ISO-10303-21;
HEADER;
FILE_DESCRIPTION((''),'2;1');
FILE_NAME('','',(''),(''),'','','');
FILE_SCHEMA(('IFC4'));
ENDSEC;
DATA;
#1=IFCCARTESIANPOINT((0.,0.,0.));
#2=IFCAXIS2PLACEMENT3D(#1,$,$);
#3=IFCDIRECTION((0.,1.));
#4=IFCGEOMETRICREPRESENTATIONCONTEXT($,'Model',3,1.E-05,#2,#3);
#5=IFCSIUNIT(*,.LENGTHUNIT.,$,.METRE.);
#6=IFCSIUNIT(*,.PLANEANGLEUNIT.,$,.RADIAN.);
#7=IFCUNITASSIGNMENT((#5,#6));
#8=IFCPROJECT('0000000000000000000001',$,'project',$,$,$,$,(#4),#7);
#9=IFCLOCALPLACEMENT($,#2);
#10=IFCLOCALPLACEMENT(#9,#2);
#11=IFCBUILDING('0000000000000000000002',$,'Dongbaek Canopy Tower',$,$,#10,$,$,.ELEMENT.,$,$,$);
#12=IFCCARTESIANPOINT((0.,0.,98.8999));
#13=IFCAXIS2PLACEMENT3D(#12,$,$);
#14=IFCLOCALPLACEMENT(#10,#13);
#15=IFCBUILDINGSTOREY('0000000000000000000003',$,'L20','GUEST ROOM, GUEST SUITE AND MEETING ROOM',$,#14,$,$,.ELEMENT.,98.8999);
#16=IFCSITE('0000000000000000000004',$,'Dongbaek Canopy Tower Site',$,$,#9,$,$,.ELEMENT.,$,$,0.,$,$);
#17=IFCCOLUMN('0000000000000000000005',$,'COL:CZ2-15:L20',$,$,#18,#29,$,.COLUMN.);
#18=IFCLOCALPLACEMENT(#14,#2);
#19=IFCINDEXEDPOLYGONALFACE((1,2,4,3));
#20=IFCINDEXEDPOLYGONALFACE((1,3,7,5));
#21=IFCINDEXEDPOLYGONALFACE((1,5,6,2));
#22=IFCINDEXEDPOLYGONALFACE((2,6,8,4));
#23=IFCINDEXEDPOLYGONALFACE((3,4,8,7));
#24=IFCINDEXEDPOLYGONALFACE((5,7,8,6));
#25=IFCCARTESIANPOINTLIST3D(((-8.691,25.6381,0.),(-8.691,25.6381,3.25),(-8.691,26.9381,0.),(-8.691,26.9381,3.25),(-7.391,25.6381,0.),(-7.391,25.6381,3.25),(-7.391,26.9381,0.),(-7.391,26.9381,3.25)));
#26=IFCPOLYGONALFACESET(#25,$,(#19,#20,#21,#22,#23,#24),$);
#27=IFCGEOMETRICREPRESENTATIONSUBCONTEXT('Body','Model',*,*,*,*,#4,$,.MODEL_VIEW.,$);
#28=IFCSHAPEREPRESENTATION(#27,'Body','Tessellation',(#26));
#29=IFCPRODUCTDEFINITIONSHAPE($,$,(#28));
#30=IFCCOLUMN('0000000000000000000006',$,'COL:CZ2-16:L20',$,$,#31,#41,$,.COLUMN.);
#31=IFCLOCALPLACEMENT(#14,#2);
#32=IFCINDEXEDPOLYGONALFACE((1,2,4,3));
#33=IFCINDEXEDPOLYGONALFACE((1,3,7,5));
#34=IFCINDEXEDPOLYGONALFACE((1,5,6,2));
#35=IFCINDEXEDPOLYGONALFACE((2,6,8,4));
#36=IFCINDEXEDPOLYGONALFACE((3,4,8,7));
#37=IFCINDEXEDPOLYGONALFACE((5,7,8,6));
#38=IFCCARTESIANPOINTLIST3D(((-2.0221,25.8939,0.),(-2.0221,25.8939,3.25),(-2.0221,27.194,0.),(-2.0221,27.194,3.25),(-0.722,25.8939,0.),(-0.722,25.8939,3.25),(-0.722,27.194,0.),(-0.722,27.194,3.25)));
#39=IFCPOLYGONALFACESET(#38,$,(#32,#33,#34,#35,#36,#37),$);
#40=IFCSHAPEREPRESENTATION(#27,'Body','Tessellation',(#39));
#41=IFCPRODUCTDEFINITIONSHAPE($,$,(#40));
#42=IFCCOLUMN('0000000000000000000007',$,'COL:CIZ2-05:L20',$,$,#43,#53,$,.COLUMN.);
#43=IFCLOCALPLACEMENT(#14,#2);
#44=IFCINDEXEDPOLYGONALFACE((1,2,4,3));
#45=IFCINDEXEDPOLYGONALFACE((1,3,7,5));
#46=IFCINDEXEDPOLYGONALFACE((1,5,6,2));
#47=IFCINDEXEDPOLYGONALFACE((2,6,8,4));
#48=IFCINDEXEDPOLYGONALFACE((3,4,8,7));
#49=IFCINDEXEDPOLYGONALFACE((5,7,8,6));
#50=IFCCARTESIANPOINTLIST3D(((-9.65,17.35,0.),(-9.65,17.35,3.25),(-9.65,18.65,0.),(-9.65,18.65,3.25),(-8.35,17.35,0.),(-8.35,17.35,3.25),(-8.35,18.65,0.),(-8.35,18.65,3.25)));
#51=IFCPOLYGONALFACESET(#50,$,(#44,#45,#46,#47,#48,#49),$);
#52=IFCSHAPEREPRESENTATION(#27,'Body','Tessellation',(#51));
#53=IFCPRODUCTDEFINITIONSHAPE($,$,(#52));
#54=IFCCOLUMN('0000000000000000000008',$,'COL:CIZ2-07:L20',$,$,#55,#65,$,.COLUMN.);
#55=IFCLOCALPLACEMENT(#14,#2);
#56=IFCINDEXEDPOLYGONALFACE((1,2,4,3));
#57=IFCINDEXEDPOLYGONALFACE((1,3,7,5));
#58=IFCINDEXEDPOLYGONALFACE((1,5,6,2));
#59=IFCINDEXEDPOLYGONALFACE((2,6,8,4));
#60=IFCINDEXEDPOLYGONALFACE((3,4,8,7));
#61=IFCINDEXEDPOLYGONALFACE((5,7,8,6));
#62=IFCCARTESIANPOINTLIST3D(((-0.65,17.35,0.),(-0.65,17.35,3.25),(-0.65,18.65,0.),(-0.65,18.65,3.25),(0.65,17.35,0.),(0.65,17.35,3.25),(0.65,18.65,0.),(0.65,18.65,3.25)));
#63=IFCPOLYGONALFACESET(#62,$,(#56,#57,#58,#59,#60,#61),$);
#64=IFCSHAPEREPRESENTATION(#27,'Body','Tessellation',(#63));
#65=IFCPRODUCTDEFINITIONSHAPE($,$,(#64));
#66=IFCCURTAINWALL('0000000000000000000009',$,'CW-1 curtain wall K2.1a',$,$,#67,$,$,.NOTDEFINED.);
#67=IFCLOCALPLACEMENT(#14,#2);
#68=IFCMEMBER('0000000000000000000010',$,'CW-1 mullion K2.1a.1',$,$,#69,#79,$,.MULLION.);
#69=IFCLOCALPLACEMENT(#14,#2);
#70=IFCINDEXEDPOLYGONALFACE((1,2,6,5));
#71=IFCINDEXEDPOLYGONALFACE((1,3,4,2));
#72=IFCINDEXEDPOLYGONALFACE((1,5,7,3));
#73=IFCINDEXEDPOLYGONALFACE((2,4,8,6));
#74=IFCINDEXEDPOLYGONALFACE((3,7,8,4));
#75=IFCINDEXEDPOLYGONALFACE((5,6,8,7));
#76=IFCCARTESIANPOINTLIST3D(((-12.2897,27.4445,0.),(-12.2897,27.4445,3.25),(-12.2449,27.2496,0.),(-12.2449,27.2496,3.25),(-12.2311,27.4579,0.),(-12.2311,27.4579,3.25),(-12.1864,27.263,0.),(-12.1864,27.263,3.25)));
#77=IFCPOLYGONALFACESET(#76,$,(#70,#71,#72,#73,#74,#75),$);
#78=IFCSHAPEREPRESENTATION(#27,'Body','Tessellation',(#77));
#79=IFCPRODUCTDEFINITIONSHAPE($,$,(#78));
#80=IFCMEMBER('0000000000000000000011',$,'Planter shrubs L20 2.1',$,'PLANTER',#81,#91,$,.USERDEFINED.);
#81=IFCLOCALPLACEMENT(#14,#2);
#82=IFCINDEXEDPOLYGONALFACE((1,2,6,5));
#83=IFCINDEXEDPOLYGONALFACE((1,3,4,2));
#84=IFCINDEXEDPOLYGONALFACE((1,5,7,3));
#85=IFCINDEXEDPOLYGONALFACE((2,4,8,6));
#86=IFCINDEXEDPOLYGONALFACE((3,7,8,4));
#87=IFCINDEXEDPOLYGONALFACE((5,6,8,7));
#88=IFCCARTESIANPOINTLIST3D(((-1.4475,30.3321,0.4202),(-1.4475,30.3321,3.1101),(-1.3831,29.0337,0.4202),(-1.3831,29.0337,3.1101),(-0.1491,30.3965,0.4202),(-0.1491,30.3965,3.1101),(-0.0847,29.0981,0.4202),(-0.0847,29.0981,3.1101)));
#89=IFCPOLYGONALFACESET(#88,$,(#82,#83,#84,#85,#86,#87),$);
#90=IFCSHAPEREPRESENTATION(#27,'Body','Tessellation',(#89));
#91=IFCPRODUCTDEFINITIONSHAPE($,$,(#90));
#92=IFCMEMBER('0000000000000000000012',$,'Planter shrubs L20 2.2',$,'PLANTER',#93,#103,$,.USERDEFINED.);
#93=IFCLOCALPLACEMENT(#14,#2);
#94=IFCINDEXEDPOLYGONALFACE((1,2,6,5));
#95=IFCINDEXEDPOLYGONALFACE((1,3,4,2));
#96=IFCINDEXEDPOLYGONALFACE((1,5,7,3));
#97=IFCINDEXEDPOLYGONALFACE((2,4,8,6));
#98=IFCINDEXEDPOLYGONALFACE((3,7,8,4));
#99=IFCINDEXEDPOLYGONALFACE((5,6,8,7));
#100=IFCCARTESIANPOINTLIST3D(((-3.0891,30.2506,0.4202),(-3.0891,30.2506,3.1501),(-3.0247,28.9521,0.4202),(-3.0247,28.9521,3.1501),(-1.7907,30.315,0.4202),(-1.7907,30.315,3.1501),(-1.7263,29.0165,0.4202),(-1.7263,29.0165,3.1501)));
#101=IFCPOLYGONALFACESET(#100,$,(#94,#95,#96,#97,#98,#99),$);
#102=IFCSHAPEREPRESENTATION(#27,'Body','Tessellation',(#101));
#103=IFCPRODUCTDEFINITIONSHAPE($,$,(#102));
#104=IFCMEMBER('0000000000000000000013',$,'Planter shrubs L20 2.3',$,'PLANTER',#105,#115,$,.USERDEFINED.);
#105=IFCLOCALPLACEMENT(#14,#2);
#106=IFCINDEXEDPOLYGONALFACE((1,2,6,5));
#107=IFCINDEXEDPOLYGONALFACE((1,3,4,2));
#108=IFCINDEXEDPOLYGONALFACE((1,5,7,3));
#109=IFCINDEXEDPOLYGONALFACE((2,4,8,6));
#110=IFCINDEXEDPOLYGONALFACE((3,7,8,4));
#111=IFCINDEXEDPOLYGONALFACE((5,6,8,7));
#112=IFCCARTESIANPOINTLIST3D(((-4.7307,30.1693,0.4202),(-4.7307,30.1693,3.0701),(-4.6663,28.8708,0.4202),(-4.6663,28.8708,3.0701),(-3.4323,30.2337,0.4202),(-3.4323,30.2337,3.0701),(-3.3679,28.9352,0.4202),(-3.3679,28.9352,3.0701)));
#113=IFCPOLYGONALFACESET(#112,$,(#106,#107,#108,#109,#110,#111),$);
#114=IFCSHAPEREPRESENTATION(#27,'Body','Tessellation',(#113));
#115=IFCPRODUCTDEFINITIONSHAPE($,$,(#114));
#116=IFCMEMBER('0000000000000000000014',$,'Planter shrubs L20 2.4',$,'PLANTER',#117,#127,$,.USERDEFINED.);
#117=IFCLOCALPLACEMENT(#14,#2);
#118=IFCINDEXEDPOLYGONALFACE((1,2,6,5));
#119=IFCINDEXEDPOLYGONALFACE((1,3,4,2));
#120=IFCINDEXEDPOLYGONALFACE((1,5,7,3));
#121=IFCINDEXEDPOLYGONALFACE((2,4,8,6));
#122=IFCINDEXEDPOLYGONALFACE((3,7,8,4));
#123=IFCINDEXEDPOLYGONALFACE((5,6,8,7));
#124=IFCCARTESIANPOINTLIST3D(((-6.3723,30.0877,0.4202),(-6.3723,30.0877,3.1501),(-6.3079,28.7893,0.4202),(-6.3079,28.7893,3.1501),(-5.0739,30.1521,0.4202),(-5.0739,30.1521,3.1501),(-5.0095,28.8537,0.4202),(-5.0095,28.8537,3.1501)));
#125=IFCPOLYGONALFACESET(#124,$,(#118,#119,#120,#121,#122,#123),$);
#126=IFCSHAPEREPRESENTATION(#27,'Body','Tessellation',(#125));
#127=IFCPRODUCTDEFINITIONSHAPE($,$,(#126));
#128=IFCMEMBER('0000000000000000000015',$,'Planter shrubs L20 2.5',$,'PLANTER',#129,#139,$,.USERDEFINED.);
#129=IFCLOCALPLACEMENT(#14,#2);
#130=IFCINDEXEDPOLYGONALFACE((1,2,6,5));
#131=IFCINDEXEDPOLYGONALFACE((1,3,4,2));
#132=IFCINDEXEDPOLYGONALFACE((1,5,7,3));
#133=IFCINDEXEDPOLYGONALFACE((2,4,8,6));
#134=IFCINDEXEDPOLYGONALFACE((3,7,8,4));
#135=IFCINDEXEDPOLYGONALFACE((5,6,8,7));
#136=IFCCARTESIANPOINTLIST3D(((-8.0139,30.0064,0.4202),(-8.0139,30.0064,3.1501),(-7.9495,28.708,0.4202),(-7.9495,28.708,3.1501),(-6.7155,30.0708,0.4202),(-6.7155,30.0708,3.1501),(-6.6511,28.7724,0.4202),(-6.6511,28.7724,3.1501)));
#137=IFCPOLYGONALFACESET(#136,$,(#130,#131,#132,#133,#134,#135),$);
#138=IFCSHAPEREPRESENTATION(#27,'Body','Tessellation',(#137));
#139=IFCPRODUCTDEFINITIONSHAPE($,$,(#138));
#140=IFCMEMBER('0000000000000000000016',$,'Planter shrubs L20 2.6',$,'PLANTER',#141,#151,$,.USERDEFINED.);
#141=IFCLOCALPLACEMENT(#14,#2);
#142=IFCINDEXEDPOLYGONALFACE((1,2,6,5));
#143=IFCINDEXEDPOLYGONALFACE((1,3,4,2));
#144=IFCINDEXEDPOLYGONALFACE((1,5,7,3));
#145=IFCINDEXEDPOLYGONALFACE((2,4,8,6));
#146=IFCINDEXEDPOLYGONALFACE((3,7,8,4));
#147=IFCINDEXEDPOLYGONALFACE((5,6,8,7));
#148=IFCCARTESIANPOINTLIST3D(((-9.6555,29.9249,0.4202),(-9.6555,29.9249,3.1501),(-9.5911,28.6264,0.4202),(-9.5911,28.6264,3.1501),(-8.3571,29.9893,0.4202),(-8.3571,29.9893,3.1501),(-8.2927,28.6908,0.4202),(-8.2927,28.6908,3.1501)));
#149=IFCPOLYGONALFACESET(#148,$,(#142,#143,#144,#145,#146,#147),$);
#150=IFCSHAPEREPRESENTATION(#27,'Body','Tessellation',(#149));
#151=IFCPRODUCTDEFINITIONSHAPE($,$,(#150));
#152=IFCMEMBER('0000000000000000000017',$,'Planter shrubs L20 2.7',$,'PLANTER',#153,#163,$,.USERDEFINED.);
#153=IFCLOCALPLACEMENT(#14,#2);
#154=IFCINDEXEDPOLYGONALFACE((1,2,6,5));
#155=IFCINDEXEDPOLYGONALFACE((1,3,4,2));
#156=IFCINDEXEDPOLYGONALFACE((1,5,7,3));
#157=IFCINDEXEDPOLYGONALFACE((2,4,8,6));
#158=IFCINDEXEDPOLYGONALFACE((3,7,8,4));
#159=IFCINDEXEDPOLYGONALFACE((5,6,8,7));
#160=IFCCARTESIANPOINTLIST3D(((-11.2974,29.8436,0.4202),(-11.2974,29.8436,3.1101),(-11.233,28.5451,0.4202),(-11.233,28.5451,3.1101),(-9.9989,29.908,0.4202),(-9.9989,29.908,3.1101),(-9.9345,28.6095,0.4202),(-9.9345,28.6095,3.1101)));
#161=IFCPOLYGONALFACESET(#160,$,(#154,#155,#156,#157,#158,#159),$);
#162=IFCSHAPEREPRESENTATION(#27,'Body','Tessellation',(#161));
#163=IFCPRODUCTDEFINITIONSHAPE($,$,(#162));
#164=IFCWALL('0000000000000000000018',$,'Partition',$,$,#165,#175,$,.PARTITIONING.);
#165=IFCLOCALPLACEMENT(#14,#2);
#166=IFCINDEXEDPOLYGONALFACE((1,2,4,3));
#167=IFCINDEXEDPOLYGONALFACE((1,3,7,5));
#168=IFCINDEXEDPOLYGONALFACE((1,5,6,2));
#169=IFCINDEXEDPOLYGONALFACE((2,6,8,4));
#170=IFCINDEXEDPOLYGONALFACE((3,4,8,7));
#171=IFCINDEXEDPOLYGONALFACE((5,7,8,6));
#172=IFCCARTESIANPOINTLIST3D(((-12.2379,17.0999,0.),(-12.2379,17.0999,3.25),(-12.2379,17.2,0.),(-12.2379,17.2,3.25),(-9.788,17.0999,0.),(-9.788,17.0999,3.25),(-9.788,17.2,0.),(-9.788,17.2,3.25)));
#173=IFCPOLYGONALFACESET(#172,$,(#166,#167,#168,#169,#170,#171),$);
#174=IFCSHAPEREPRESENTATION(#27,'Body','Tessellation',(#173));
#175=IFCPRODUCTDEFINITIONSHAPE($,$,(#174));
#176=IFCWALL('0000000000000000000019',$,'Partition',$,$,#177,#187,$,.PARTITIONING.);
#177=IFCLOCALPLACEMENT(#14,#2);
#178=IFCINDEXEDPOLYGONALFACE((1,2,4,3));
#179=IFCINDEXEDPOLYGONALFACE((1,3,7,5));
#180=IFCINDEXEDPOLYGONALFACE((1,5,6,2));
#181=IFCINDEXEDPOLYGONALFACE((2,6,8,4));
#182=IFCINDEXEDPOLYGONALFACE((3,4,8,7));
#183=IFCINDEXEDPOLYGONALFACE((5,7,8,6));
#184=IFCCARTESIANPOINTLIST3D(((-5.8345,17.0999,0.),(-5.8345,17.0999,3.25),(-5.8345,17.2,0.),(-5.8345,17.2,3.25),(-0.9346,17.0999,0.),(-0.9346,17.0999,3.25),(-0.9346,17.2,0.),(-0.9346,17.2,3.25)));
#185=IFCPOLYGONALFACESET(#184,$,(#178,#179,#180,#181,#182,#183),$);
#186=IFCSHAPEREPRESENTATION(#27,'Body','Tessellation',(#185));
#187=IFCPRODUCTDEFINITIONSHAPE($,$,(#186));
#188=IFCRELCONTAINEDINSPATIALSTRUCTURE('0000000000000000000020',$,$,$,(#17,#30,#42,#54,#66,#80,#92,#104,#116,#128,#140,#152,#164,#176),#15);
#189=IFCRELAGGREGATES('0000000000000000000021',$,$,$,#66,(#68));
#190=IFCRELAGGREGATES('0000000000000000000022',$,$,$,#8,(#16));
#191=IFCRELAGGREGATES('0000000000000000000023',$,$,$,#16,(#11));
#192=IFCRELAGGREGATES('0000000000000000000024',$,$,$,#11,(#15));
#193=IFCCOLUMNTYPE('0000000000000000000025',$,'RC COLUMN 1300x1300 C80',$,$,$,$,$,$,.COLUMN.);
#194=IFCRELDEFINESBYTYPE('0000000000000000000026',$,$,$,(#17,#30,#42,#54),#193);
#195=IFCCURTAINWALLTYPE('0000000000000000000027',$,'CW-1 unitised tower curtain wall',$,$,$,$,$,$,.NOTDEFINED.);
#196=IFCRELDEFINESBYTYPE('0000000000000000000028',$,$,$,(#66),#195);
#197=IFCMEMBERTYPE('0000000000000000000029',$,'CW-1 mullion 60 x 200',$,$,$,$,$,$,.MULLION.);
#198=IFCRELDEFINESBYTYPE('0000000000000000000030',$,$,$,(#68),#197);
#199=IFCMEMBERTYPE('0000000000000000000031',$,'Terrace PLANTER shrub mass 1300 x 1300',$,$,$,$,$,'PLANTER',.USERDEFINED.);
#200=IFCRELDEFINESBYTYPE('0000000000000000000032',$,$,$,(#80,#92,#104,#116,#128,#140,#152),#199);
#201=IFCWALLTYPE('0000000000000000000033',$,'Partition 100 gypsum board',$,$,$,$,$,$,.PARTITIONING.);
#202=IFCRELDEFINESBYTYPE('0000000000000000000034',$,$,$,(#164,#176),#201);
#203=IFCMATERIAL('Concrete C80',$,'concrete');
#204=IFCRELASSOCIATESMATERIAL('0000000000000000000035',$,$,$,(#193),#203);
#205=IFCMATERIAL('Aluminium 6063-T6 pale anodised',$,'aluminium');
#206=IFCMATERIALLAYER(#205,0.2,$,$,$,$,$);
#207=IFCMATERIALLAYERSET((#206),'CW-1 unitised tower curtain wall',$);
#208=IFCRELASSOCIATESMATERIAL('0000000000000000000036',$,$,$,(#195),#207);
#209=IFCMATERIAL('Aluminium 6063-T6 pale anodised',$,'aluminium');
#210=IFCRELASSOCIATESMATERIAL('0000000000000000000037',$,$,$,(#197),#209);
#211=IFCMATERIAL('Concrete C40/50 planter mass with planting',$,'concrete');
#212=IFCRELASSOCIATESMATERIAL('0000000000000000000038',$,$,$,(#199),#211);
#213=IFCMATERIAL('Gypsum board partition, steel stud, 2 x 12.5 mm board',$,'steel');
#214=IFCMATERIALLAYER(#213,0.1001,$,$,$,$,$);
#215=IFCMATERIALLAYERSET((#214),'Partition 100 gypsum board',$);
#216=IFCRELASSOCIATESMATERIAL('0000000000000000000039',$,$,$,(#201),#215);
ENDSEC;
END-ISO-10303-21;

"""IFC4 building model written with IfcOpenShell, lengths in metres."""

from ifc_helpers import new_model, si_unit, direction, frame, frame_2d, origin, origin_2d, place, context, subcontext, project, spatial, rectangle, extrude, material, layer, layer_set, material_profile, profile_set, type_object, element, aggregate, save


model = new_model("IFC4")

# Units and contexts
model_context = context("Model", 3, precision=1e-05, world=origin(), true_north=direction((0.0, 1.0)))
body_context = subcontext(model_context, "Body", "Model", "MODEL_VIEW")
ifc_project = project(units=[si_unit("LENGTHUNIT", "METRE"), si_unit("PLANEANGLEUNIT", "RADIAN")], contexts=[model_context])

# Site, building, storey
site_placement = place(None, origin())
site = spatial("IfcSite", under=ifc_project, at=site_placement, Name="Dongbaek Canopy Tower Site", CompositionType="ELEMENT", RefElevation=0.0)
building_placement = place(site_placement, origin())
building = spatial("IfcBuilding", under=site, at=building_placement, Name="Dongbaek Canopy Tower", CompositionType="ELEMENT")
storey_placement = place(building_placement, frame((0.0, 0.0, 98.8999)))
storey = spatial("IfcBuildingStorey", under=building, at=storey_placement, Name="L20", Description="GUEST ROOM, GUEST SUITE AND MEETING ROOM", CompositionType="ELEMENT", Elevation=98.8999)

# Columns
ifc_material_1 = material(Name="Concrete C80", Category="concrete")
ifc_material_profile_1 = material_profile(ifc_material_1, rectangle(XDim=1.3, YDim=1.3, at=origin_2d()), Name="RC COLUMN 1300x1300 C80")
ifc_profile_set_1 = profile_set([ifc_material_profile_1], Name="Concrete C80")
column_type = type_object("IfcColumnType", Name="RC COLUMN 1300x1300 C80", PredefinedType="COLUMN", material=ifc_profile_set_1)
for number, where, z_axis, x_axis, name in (
    (1, (-8.041, 26.2881, 0.0), (0.0, 0.0, 1.0), (1.0, 0.0, 0.0), "COL:CZ2-15:L20"),
    (2, (-1.3721, 26.5439, 0.0), (0.0, 0.0, 1.0), (1.0, 0.0, 0.0), "COL:CZ2-16:L20"),
    (3, (-9.0, 18.0, 0.0), (0.0, 0.0, 1.0), (1.0, 0.0, 0.0), "COL:CIZ2-05:L20"),
    (4, (0.0, 18.0, 0.0), (0.0, 0.0, 1.0), (1.0, 0.0, 0.0), "COL:CIZ2-07:L20"),
):
    element("IfcColumn", number, at=place(storey_placement, frame(where, z_axis=z_axis, x_axis=x_axis)), inside=storey, type_object=column_type, Name=name, PredefinedType="COLUMN", context=body_context, shape_type="SweptSolid", body=[
        extrude(rectangle(XDim=1.3, YDim=1.3, at=origin_2d()), origin(), (0.0, 0.0, 1.0), 3.25),
    ])

# Curtain wall, member
ifc_material_2 = material(Name="Aluminium 6063-T6 pale anodised", Category="aluminium")
ifc_layer_1 = layer(ifc_material_2, 0.2)
ifc_layer_set_1 = layer_set([ifc_layer_1], Name="CW-1 unitised tower curtain wall")
curtain_wall_type = type_object("IfcCurtainWallType", Name="CW-1 unitised tower curtain wall", PredefinedType="NOTDEFINED", material=ifc_layer_set_1)
curtain_wall_placement = place(storey_placement, origin())
curtain_wall = element("IfcCurtainWall", 5, at=curtain_wall_placement, inside=storey, type_object=curtain_wall_type, Name="CW-1 curtain wall K2.1a", PredefinedType="NOTDEFINED")
ifc_material_3 = material(Name="Aluminium 6063-T6 pale anodised", Category="aluminium")
ifc_material_profile_2 = material_profile(ifc_material_3, rectangle(XDim=0.2, YDim=0.0601, at=origin_2d()), Name="CW-1 mullion 60 x 200")
ifc_profile_set_2 = profile_set([ifc_material_profile_2], Name="Aluminium 6063-T6 pale anodised")
member_type_1 = type_object("IfcMemberType", Name="CW-1 mullion 60 x 200", PredefinedType="MULLION", material=ifc_profile_set_2)
member_1_placement = place(storey_placement, frame((-12.238, 27.3538, 0.0), z_axis=(0.0, 0.0, 1.0), x_axis=(-0.223774, 0.974641, 0.0)))
member_1 = element("IfcMember", 6, at=member_1_placement, type_object=member_type_1, Name="CW-1 mullion K2.1a.1", PredefinedType="MULLION", context=body_context, shape_type="SweptSolid", body=[
    extrude(rectangle(XDim=0.2, YDim=0.0601, at=origin_2d()), origin(), (0.0, 0.0, 1.0), 3.25),
])
aggregate(curtain_wall, [member_1])

# Members
ifc_material_4 = material(Name="Concrete C40/50 planter mass with planting", Category="concrete")
ifc_material_profile_3 = material_profile(ifc_material_4, rectangle(XDim=1.3, YDim=1.3, at=origin_2d()), Name="Terrace PLANTER shrub mass 1300 x 1300")
ifc_profile_set_3 = profile_set([ifc_material_profile_3], Name="Concrete C40/50 planter mass with planting")
member_type_2 = type_object("IfcMemberType", Name="Terrace PLANTER shrub mass 1300 x 1300", ElementType="PLANTER", PredefinedType="USERDEFINED", material=ifc_profile_set_3)
member_2_placement = place(storey_placement, frame((-0.7661, 29.7151, 0.4202), z_axis=(0.0, 0.0, 1.0), x_axis=(-0.049538, 0.998772, 0.0)))
element("IfcMember", 7, at=member_2_placement, inside=storey, type_object=member_type_2, Name="Planter shrubs L20 2.1", ObjectType="PLANTER", PredefinedType="USERDEFINED", context=body_context, shape_type="SweptSolid", body=[
    extrude(rectangle(XDim=1.3, YDim=1.3, at=origin_2d()), origin(), (0.0, 0.0, 1.0), 2.6899),
])
member_3_placement = place(storey_placement, frame((-2.4077, 29.6335, 0.4202), z_axis=(0.0, 0.0, 1.0), x_axis=(-0.049538, 0.998772, 0.0)))
element("IfcMember", 8, at=member_3_placement, inside=storey, type_object=member_type_2, Name="Planter shrubs L20 2.2", ObjectType="PLANTER", PredefinedType="USERDEFINED", context=body_context, shape_type="SweptSolid", body=[
    extrude(rectangle(XDim=1.3, YDim=1.3, at=origin_2d()), origin(), (0.0, 0.0, 1.0), 2.73),
])
member_4_placement = place(storey_placement, frame((-4.0493, 29.5522, 0.4202), z_axis=(0.0, 0.0, 1.0), x_axis=(-0.049538, 0.998772, 0.0)))
element("IfcMember", 9, at=member_4_placement, inside=storey, type_object=member_type_2, Name="Planter shrubs L20 2.3", ObjectType="PLANTER", PredefinedType="USERDEFINED", context=body_context, shape_type="SweptSolid", body=[
    extrude(rectangle(XDim=1.3, YDim=1.3, at=origin_2d()), origin(), (0.0, 0.0, 1.0), 2.6499),
])
for number, where, z_axis, x_axis, name in (
    (10, (-5.6909, 29.4707, 0.4202), (0.0, 0.0, 1.0), (-0.049538, 0.998772, 0.0), "Planter shrubs L20 2.4"),
    (11, (-7.3325, 29.3894, 0.4202), (0.0, 0.0, 1.0), (-0.049538, 0.998772, 0.0), "Planter shrubs L20 2.5"),
    (12, (-8.9741, 29.3079, 0.4202), (0.0, 0.0, 1.0), (-0.049538, 0.998772, 0.0), "Planter shrubs L20 2.6"),
):
    element("IfcMember", number, at=place(storey_placement, frame(where, z_axis=z_axis, x_axis=x_axis)), inside=storey, type_object=member_type_2, Name=name, ObjectType="PLANTER", PredefinedType="USERDEFINED", context=body_context, shape_type="SweptSolid", body=[
        extrude(rectangle(XDim=1.3, YDim=1.3, at=origin_2d()), origin(), (0.0, 0.0, 1.0), 2.73),
    ])
member_5_placement = place(storey_placement, frame((-10.616, 29.2266, 0.4202), z_axis=(0.0, 0.0, 1.0), x_axis=(-0.049538, 0.998772, 0.0)))
element("IfcMember", 13, at=member_5_placement, inside=storey, type_object=member_type_2, Name="Planter shrubs L20 2.7", ObjectType="PLANTER", PredefinedType="USERDEFINED", context=body_context, shape_type="SweptSolid", body=[
    extrude(rectangle(XDim=1.3, YDim=1.3, at=origin_2d()), origin(), (0.0, 0.0, 1.0), 2.6899),
])

# Walls
ifc_material_5 = material(Name="Gypsum board partition, steel stud, 2 x 12.5 mm board", Category="steel")
ifc_layer_2 = layer(ifc_material_5, 0.1001)
ifc_layer_set_2 = layer_set([ifc_layer_2], Name="Partition 100 gypsum board")
wall_type = type_object("IfcWallType", Name="Partition 100 gypsum board", PredefinedType="PARTITIONING", material=ifc_layer_set_2)
wall_1_placement = place(storey_placement, frame((-12.238, 17.1499, 0.0), z_axis=(0.0, 0.0, 1.0), x_axis=(1.0, 0.0, 0.0)))
element("IfcWall", 14, at=wall_1_placement, inside=storey, type_object=wall_type, Name="Partition", PredefinedType="PARTITIONING", context=body_context, shape_type="SweptSolid", body=[
    extrude(rectangle(XDim=2.45, YDim=0.1001, at=frame_2d((1.2251, 0.0))), origin(), (0.0, 0.0, 1.0), 3.25),
])
wall_2_placement = place(storey_placement, frame((-5.8345, 17.1499, 0.0), z_axis=(0.0, 0.0, 1.0), x_axis=(1.0, 0.0, 0.0)))
element("IfcWall", 15, at=wall_2_placement, inside=storey, type_object=wall_type, Name="Partition", PredefinedType="PARTITIONING", context=body_context, shape_type="SweptSolid", body=[
    extrude(rectangle(XDim=4.8999, YDim=0.1001, at=frame_2d((2.45, 0.0))), origin(), (0.0, 0.0, 1.0), 3.25),
])

save(model, "model.ifc")
